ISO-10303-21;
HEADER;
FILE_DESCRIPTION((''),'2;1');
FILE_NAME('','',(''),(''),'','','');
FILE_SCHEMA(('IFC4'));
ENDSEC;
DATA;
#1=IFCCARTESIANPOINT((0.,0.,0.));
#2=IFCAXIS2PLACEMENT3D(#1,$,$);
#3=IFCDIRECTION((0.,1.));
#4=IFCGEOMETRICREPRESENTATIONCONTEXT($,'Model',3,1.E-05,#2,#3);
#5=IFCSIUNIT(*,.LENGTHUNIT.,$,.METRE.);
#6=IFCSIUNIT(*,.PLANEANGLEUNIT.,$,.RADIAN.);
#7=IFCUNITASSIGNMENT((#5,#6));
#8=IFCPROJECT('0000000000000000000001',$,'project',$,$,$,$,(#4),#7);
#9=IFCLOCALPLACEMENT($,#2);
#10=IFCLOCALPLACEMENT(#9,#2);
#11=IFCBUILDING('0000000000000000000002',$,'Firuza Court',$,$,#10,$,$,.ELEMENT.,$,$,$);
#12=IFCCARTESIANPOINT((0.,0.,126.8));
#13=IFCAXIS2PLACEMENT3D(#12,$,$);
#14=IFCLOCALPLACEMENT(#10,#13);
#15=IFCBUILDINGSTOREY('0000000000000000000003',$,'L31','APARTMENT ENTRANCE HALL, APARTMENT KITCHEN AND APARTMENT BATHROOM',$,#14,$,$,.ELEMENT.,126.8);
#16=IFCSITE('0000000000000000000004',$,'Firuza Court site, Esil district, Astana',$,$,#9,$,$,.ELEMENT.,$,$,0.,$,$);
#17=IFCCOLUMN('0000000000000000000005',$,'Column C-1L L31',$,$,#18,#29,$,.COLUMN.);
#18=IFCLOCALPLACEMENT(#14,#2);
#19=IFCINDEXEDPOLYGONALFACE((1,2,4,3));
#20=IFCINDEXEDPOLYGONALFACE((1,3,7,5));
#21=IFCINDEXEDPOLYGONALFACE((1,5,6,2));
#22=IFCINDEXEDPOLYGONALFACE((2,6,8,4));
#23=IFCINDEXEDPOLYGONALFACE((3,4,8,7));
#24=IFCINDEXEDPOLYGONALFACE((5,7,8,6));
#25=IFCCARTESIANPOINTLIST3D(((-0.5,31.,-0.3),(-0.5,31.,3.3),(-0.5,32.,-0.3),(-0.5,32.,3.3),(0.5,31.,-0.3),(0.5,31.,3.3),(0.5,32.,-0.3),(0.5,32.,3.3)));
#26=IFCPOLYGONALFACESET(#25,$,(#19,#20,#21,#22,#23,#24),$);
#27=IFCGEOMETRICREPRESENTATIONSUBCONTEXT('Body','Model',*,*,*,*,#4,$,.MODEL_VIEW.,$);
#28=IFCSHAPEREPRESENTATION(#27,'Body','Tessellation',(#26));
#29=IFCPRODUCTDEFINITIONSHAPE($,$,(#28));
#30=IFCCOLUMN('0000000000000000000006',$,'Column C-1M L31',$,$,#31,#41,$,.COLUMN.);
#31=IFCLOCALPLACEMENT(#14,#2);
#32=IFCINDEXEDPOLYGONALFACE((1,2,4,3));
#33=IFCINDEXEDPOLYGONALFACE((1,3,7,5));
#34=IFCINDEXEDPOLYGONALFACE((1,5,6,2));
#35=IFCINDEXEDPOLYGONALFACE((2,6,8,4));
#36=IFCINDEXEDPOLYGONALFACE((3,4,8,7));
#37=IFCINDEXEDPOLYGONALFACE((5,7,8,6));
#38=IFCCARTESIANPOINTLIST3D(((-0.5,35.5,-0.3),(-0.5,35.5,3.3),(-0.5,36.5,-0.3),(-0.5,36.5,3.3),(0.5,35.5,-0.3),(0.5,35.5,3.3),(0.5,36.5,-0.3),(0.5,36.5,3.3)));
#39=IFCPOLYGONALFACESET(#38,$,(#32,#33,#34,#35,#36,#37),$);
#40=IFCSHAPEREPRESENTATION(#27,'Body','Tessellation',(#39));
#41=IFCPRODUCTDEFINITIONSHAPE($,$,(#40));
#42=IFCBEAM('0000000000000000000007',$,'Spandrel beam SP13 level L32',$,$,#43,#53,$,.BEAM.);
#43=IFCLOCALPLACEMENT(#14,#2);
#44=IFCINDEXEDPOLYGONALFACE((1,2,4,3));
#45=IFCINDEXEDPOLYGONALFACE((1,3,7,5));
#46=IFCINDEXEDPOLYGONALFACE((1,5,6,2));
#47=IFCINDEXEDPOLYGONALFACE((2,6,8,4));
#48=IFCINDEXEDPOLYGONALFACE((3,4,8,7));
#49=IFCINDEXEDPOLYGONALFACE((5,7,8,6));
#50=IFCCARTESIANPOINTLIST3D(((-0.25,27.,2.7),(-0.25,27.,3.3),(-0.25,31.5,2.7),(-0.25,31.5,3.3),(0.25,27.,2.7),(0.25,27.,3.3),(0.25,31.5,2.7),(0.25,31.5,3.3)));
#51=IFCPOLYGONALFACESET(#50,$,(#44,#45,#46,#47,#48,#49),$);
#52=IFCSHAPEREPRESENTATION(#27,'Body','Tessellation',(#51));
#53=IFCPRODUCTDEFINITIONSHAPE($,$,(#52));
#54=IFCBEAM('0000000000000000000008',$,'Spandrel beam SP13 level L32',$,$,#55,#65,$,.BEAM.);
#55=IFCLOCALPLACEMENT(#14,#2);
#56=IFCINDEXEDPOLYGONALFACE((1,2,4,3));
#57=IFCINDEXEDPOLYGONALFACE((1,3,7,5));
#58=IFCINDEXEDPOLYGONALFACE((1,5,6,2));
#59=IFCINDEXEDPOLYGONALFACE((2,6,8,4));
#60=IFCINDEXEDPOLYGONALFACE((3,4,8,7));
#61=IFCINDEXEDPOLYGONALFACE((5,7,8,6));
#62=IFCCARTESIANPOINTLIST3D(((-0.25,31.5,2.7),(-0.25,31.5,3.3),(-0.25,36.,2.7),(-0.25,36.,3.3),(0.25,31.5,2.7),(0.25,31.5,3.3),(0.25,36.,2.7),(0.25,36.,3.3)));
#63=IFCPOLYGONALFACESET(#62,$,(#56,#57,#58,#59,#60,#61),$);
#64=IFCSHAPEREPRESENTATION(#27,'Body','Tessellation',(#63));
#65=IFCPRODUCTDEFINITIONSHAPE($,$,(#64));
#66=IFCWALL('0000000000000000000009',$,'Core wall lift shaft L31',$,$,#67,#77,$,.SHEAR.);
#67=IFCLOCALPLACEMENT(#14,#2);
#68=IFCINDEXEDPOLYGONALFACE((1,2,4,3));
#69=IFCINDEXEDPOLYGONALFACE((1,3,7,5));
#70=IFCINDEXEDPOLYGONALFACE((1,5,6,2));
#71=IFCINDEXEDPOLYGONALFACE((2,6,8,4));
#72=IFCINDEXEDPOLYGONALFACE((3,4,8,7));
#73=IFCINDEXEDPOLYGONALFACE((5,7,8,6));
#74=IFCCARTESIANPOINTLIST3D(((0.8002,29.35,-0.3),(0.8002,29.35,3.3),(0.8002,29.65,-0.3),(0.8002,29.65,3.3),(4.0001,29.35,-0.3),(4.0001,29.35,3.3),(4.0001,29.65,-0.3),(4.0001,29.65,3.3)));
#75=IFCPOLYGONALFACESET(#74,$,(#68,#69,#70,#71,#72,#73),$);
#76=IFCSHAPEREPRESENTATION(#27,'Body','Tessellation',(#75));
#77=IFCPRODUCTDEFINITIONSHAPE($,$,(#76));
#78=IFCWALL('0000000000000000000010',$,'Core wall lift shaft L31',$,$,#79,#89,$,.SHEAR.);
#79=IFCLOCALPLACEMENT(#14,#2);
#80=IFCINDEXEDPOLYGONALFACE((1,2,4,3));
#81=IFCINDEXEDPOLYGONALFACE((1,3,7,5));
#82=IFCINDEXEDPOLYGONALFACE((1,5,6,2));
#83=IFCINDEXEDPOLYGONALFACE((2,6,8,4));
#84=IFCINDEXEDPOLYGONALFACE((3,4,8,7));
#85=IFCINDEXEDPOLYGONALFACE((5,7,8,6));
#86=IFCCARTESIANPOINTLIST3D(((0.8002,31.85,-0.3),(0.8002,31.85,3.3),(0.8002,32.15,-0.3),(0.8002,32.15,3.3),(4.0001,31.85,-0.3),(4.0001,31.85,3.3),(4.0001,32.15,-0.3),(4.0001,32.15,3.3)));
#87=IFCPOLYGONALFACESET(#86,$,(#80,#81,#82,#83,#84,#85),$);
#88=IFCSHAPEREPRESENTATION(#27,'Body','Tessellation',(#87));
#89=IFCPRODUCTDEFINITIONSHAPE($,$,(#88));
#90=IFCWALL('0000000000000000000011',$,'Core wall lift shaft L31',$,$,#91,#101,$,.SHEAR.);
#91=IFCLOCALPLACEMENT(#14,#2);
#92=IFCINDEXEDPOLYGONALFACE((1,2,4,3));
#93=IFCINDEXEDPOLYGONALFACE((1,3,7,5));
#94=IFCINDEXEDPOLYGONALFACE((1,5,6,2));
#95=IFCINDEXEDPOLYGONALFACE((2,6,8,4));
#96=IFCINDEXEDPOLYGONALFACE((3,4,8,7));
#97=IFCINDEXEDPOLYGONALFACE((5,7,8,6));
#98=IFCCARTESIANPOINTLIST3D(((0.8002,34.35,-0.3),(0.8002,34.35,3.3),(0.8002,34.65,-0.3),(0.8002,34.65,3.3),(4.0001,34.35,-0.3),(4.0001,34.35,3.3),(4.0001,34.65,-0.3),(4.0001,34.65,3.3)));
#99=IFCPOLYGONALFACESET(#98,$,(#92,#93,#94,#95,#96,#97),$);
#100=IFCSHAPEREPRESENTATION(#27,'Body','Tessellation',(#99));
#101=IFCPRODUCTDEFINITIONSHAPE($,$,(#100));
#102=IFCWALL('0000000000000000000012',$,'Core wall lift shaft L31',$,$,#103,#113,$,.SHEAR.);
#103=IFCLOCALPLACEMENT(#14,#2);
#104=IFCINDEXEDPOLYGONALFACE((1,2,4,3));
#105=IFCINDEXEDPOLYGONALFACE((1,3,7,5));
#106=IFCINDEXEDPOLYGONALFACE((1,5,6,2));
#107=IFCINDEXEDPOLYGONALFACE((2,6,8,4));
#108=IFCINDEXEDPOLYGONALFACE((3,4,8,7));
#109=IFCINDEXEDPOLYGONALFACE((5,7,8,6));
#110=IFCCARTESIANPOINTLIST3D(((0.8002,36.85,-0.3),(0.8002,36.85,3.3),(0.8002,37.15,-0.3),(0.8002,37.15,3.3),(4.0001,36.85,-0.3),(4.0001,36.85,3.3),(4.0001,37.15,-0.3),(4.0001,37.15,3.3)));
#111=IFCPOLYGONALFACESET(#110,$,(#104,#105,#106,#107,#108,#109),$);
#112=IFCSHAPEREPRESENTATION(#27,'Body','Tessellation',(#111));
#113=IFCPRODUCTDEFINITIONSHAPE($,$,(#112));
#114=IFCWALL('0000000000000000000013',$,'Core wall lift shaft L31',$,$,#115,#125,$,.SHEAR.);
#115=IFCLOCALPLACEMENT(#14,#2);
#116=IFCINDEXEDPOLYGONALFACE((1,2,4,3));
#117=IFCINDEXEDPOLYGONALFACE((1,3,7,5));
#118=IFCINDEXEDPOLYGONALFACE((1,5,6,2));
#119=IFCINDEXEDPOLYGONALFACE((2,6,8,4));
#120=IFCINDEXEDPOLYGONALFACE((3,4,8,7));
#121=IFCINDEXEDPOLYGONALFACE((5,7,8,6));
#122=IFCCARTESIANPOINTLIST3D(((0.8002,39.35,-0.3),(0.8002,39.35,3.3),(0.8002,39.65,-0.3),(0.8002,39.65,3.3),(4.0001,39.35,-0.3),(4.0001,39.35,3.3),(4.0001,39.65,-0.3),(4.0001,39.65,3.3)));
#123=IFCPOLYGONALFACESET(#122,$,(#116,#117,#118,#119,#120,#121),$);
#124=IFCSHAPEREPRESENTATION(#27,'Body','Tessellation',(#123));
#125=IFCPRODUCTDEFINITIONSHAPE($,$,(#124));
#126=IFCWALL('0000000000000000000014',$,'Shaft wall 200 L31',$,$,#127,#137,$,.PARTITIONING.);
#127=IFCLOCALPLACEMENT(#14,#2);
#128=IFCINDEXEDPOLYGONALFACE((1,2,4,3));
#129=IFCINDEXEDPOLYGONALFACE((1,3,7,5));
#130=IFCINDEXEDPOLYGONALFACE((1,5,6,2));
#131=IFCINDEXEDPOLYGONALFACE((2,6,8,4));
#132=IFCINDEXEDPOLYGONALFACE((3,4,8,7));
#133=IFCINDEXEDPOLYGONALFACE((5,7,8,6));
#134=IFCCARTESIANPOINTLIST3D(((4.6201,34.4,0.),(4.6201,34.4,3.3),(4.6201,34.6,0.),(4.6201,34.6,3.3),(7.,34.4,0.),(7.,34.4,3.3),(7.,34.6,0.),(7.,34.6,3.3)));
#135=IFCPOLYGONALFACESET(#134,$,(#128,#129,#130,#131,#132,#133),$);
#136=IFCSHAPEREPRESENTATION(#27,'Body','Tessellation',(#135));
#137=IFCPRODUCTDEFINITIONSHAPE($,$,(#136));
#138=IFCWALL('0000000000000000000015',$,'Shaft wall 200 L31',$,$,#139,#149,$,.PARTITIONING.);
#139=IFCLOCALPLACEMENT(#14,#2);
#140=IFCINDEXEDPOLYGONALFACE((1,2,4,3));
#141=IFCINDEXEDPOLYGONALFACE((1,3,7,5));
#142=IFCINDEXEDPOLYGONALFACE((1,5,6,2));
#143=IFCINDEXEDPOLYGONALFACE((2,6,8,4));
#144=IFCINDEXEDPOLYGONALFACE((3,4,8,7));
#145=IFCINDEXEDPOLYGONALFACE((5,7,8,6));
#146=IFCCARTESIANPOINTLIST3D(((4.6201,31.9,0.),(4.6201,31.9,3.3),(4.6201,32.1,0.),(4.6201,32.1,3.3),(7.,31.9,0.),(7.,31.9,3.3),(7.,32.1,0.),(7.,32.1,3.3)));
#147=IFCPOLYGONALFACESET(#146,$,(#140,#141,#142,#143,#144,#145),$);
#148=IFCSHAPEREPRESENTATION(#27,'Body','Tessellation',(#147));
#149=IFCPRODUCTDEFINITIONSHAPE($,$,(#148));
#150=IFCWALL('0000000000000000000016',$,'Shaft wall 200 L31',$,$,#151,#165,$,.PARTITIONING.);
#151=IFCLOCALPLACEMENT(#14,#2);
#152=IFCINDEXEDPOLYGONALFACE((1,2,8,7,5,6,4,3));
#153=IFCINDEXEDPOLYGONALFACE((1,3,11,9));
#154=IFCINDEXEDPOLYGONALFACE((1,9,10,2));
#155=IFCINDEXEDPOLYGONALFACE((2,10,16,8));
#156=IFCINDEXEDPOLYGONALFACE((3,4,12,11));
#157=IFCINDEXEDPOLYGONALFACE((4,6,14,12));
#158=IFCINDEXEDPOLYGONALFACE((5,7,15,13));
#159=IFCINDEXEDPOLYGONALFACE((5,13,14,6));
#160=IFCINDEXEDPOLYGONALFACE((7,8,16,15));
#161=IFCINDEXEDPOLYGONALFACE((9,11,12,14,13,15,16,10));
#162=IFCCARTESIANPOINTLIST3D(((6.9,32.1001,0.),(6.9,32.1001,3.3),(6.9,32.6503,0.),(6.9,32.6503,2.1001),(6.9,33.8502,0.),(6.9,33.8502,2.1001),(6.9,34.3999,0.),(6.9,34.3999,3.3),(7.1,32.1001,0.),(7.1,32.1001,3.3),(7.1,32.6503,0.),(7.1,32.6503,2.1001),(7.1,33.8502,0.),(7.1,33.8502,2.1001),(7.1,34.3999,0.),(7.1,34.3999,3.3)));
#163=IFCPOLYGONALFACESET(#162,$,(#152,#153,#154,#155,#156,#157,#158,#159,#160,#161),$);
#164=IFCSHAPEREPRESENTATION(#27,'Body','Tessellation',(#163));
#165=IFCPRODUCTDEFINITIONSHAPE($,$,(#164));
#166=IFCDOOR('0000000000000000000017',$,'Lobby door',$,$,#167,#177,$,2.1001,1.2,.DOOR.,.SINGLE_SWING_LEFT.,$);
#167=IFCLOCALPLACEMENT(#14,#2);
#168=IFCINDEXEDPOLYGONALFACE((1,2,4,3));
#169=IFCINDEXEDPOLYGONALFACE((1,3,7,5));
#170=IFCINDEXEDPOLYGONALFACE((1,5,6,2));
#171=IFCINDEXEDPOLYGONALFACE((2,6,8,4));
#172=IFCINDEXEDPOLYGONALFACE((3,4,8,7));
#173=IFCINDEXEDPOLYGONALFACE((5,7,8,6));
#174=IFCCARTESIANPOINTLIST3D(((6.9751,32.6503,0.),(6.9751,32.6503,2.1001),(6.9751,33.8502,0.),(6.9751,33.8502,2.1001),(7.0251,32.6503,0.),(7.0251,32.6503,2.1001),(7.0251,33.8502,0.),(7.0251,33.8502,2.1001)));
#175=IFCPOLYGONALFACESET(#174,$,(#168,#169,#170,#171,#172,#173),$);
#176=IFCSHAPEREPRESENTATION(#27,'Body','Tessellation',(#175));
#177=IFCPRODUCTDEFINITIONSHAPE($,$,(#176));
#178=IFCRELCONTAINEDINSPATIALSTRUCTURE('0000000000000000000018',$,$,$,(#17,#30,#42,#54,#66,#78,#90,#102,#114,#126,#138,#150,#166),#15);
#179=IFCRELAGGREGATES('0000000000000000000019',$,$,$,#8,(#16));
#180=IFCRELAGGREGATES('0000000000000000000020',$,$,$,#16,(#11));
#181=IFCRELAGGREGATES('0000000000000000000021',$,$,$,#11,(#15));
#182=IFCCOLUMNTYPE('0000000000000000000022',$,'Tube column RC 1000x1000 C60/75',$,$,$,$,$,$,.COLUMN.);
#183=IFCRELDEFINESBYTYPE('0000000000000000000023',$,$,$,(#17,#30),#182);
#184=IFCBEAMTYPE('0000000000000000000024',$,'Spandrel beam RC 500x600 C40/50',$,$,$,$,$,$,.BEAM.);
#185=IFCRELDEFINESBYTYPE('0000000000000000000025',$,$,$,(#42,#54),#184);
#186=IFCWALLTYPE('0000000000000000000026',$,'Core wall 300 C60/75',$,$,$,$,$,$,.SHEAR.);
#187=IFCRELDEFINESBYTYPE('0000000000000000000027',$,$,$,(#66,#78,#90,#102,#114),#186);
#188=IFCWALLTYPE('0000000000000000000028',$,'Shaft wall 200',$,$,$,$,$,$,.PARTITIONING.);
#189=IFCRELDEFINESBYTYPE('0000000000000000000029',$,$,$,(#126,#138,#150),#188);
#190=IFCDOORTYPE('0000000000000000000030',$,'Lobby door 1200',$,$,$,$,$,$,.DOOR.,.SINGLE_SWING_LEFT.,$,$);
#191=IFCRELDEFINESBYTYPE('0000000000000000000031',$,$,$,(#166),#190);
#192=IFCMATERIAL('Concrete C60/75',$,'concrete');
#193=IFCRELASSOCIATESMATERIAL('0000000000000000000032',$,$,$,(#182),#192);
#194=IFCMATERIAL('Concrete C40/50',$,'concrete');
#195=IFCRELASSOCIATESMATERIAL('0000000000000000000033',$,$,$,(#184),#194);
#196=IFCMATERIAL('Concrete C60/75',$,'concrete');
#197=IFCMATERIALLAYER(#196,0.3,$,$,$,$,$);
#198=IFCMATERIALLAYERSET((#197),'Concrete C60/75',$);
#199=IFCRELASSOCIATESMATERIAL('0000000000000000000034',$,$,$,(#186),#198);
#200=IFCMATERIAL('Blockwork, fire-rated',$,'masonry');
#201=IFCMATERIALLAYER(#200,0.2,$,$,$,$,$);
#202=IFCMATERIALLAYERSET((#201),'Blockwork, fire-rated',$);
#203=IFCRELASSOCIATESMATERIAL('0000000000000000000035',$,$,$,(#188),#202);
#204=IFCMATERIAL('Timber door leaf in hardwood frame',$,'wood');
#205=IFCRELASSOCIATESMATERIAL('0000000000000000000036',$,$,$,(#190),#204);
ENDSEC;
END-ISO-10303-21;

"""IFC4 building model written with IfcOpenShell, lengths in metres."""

from ifc_helpers import new_model, si_unit, direction, frame, frame_2d, origin, origin_2d, place, context, subcontext, project, spatial, rectangle, extrude, material, layer, layer_set, material_profile, profile_set, type_object, element, fill, save


model = new_model("IFC4")

# Units and contexts
model_context = context("Model", 3, precision=1e-05, world=origin(), true_north=direction((0.0, 1.0)))
body_context = subcontext(model_context, "Body", "Model", "MODEL_VIEW")
ifc_project = project(units=[si_unit("LENGTHUNIT", "METRE"), si_unit("PLANEANGLEUNIT", "RADIAN")], contexts=[model_context])

# Site, building, storey
site_placement = place(None, origin())
site = spatial("IfcSite", under=ifc_project, at=site_placement, Name="Firuza Court site, Esil district, Astana", CompositionType="ELEMENT", RefElevation=0.0)
building_placement = place(site_placement, origin())
building = spatial("IfcBuilding", under=site, at=building_placement, Name="Firuza Court", CompositionType="ELEMENT")
storey_placement = place(building_placement, frame((0.0, 0.0, 126.8)))
storey = spatial("IfcBuildingStorey", under=building, at=storey_placement, Name="L31", Description="APARTMENT ENTRANCE HALL, APARTMENT KITCHEN AND APARTMENT BATHROOM", CompositionType="ELEMENT", Elevation=126.8)

# Columns
ifc_material_1 = material(Name="Concrete C60/75", Category="concrete")
ifc_material_profile_1 = material_profile(ifc_material_1, rectangle(XDim=1.0, YDim=1.0, at=origin_2d()), Name="RC 1000x1000")
ifc_profile_set_1 = profile_set([ifc_material_profile_1], Name="Concrete C60/75")
column_type = type_object("IfcColumnType", Name="Tube column RC 1000x1000 C60/75", PredefinedType="COLUMN", material=ifc_profile_set_1)
for number, where, z_axis, x_axis, name in (
    (1, (0.0, 31.5, -0.3), (0.0, 0.0, 1.0), (1.0, 0.0, 0.0), "Column C-1L L31"),
    (2, (0.0, 36.0, -0.3), (0.0, 0.0, 1.0), (1.0, 0.0, 0.0), "Column C-1M L31"),
):
    element("IfcColumn", number, at=place(storey_placement, frame(where, z_axis=z_axis, x_axis=x_axis)), inside=storey, type_object=column_type, Name=name, PredefinedType="COLUMN", context=body_context, shape_type="SweptSolid", body=[
        extrude(rectangle(XDim=1.0, YDim=1.0, at=origin_2d()), origin(), (0.0, 0.0, 1.0), 3.6001),
    ])

# Beams
ifc_material_2 = material(Name="Concrete C40/50", Category="concrete")
ifc_material_profile_2 = material_profile(ifc_material_2, rectangle(XDim=0.5, YDim=0.6001, at=origin_2d()), Name="RC 500x600")
ifc_profile_set_2 = profile_set([ifc_material_profile_2], Name="Concrete C40/50")
beam_type = type_object("IfcBeamType", Name="Spandrel beam RC 500x600 C40/50", PredefinedType="BEAM", material=ifc_profile_set_2)
for number, where, z_axis, x_axis, name in (
    (3, (0.0, 31.5, 3.0), (0.0, -1.0, 0.0), (1.0, 0.0, 0.0), "Spandrel beam SP13 level L32"),
    (4, (0.0, 36.0, 3.0), (0.0, -1.0, 0.0), (1.0, 0.0, 0.0), "Spandrel beam SP13 level L32"),
):
    element("IfcBeam", number, at=place(storey_placement, frame(where, z_axis=z_axis, x_axis=x_axis)), inside=storey, type_object=beam_type, Name=name, PredefinedType="BEAM", context=body_context, shape_type="SweptSolid", body=[
        extrude(rectangle(XDim=0.5, YDim=0.6001, at=origin_2d()), origin(), (0.0, 0.0, 1.0), 4.5),
    ])

# Walls
ifc_material_3 = material(Name="Concrete C60/75", Category="concrete")
ifc_layer_1 = layer(ifc_material_3, 0.3)
ifc_layer_set_1 = layer_set([ifc_layer_1], Name="Concrete C60/75")
wall_type_1 = type_object("IfcWallType", Name="Core wall 300 C60/75", PredefinedType="SHEAR", material=ifc_layer_set_1)
for number, where, z_axis, x_axis, name in (
    (5, (0.8, 29.5, -0.3), (0.0, 0.0, 1.0), (1.0, 0.0, 0.0), "Core wall lift shaft L31"),
    (6, (0.8, 32.0, -0.3), (0.0, 0.0, 1.0), (1.0, 0.0, 0.0), "Core wall lift shaft L31"),
    (7, (0.8, 34.5, -0.3), (0.0, 0.0, 1.0), (1.0, 0.0, 0.0), "Core wall lift shaft L31"),
    (8, (0.8, 37.0, -0.3), (0.0, 0.0, 1.0), (1.0, 0.0, 0.0), "Core wall lift shaft L31"),
    (9, (0.8, 39.5, -0.3), (0.0, 0.0, 1.0), (1.0, 0.0, 0.0), "Core wall lift shaft L31"),
):
    element("IfcWall", number, at=place(storey_placement, frame(where, z_axis=z_axis, x_axis=x_axis)), inside=storey, type_object=wall_type_1, Name=name, PredefinedType="SHEAR", context=body_context, shape_type="SweptSolid", body=[
        extrude(rectangle(XDim=3.2, YDim=0.3, at=frame_2d((1.6001, 0.0))), origin(), (0.0, 0.0, 1.0), 3.6001),
    ])
ifc_material_4 = material(Name="Blockwork, fire-rated", Category="masonry")
ifc_layer_2 = layer(ifc_material_4, 0.2)
ifc_layer_set_2 = layer_set([ifc_layer_2], Name="Blockwork, fire-rated")
wall_type_2 = type_object("IfcWallType", Name="Shaft wall 200", PredefinedType="PARTITIONING", material=ifc_layer_set_2)
for number, where, z_axis, x_axis, name in (
    (10, (4.6201, 34.5, 0.0), (0.0, 0.0, 1.0), (1.0, 0.0, 0.0), "Shaft wall 200 L31"),
    (11, (4.6201, 32.0, 0.0), (0.0, 0.0, 1.0), (1.0, 0.0, 0.0), "Shaft wall 200 L31"),
):
    element("IfcWall", number, at=place(storey_placement, frame(where, z_axis=z_axis, x_axis=x_axis)), inside=storey, type_object=wall_type_2, Name=name, PredefinedType="PARTITIONING", context=body_context, shape_type="SweptSolid", body=[
        extrude(rectangle(XDim=2.3799, YDim=0.2, at=frame_2d((1.1899, 0.0))), origin(), (0.0, 0.0, 1.0), 3.3),
    ])

# Wall, opening, door
wall_placement = place(storey_placement, frame((7.0, 32.1001, 0.0), z_axis=(0.0, 0.0, 1.0), x_axis=(0.0, 1.0, 0.0)))
wall = element("IfcWall", 12, at=wall_placement, inside=storey, type_object=wall_type_2, Name="Shaft wall 200 L31", PredefinedType="PARTITIONING", context=body_context, shape_type="SweptSolid", body=[
    extrude(rectangle(XDim=2.2998, YDim=0.2, at=frame_2d((1.1499, 0.0))), origin(), (0.0, 0.0, 1.0), 3.3),
])
opening_placement = place(wall_placement, frame((0.55, 0.0, 0.0)))
opening = element("IfcOpeningElement", 13, at=opening_placement, cuts=wall, PredefinedType="OPENING", context=body_context, shape_type="SweptSolid", body=[
    extrude(rectangle(XDim=1.2, YDim=2.1001, at=frame_2d((0.6001, 1.05))), frame((0.0, 0.1118, 0.0), z_axis=(0.0, -1.0, 0.0), x_axis=(1.0, 0.0, 0.0)), (0.0, 0.0, 1.0), 0.2239),
])
ifc_material_5 = material(Name="Timber door leaf in hardwood frame", Category="wood")
door_type = type_object("IfcDoorType", Name="Lobby door 1200", OperationType="SINGLE_SWING_LEFT", PredefinedType="DOOR", material=ifc_material_5)
door_placement = place(opening_placement, origin())
door = element("IfcDoor", 14, at=door_placement, inside=storey, type_object=door_type, Name="Lobby door", OperationType="SINGLE_SWING_LEFT", OverallHeight=2.1001, OverallWidth=1.2, PredefinedType="DOOR", context=body_context, shape_type="SweptSolid", body=[
    extrude(rectangle(XDim=1.2, YDim=2.1001, at=frame_2d((0.6001, 1.05))), frame((0.0, 0.0249, 0.0), z_axis=(0.0, -1.0, 0.0), x_axis=(1.0, 0.0, 0.0)), (0.0, 0.0, 1.0), 0.05),
])
fill(opening, door)

save(model, "model.ifc")
